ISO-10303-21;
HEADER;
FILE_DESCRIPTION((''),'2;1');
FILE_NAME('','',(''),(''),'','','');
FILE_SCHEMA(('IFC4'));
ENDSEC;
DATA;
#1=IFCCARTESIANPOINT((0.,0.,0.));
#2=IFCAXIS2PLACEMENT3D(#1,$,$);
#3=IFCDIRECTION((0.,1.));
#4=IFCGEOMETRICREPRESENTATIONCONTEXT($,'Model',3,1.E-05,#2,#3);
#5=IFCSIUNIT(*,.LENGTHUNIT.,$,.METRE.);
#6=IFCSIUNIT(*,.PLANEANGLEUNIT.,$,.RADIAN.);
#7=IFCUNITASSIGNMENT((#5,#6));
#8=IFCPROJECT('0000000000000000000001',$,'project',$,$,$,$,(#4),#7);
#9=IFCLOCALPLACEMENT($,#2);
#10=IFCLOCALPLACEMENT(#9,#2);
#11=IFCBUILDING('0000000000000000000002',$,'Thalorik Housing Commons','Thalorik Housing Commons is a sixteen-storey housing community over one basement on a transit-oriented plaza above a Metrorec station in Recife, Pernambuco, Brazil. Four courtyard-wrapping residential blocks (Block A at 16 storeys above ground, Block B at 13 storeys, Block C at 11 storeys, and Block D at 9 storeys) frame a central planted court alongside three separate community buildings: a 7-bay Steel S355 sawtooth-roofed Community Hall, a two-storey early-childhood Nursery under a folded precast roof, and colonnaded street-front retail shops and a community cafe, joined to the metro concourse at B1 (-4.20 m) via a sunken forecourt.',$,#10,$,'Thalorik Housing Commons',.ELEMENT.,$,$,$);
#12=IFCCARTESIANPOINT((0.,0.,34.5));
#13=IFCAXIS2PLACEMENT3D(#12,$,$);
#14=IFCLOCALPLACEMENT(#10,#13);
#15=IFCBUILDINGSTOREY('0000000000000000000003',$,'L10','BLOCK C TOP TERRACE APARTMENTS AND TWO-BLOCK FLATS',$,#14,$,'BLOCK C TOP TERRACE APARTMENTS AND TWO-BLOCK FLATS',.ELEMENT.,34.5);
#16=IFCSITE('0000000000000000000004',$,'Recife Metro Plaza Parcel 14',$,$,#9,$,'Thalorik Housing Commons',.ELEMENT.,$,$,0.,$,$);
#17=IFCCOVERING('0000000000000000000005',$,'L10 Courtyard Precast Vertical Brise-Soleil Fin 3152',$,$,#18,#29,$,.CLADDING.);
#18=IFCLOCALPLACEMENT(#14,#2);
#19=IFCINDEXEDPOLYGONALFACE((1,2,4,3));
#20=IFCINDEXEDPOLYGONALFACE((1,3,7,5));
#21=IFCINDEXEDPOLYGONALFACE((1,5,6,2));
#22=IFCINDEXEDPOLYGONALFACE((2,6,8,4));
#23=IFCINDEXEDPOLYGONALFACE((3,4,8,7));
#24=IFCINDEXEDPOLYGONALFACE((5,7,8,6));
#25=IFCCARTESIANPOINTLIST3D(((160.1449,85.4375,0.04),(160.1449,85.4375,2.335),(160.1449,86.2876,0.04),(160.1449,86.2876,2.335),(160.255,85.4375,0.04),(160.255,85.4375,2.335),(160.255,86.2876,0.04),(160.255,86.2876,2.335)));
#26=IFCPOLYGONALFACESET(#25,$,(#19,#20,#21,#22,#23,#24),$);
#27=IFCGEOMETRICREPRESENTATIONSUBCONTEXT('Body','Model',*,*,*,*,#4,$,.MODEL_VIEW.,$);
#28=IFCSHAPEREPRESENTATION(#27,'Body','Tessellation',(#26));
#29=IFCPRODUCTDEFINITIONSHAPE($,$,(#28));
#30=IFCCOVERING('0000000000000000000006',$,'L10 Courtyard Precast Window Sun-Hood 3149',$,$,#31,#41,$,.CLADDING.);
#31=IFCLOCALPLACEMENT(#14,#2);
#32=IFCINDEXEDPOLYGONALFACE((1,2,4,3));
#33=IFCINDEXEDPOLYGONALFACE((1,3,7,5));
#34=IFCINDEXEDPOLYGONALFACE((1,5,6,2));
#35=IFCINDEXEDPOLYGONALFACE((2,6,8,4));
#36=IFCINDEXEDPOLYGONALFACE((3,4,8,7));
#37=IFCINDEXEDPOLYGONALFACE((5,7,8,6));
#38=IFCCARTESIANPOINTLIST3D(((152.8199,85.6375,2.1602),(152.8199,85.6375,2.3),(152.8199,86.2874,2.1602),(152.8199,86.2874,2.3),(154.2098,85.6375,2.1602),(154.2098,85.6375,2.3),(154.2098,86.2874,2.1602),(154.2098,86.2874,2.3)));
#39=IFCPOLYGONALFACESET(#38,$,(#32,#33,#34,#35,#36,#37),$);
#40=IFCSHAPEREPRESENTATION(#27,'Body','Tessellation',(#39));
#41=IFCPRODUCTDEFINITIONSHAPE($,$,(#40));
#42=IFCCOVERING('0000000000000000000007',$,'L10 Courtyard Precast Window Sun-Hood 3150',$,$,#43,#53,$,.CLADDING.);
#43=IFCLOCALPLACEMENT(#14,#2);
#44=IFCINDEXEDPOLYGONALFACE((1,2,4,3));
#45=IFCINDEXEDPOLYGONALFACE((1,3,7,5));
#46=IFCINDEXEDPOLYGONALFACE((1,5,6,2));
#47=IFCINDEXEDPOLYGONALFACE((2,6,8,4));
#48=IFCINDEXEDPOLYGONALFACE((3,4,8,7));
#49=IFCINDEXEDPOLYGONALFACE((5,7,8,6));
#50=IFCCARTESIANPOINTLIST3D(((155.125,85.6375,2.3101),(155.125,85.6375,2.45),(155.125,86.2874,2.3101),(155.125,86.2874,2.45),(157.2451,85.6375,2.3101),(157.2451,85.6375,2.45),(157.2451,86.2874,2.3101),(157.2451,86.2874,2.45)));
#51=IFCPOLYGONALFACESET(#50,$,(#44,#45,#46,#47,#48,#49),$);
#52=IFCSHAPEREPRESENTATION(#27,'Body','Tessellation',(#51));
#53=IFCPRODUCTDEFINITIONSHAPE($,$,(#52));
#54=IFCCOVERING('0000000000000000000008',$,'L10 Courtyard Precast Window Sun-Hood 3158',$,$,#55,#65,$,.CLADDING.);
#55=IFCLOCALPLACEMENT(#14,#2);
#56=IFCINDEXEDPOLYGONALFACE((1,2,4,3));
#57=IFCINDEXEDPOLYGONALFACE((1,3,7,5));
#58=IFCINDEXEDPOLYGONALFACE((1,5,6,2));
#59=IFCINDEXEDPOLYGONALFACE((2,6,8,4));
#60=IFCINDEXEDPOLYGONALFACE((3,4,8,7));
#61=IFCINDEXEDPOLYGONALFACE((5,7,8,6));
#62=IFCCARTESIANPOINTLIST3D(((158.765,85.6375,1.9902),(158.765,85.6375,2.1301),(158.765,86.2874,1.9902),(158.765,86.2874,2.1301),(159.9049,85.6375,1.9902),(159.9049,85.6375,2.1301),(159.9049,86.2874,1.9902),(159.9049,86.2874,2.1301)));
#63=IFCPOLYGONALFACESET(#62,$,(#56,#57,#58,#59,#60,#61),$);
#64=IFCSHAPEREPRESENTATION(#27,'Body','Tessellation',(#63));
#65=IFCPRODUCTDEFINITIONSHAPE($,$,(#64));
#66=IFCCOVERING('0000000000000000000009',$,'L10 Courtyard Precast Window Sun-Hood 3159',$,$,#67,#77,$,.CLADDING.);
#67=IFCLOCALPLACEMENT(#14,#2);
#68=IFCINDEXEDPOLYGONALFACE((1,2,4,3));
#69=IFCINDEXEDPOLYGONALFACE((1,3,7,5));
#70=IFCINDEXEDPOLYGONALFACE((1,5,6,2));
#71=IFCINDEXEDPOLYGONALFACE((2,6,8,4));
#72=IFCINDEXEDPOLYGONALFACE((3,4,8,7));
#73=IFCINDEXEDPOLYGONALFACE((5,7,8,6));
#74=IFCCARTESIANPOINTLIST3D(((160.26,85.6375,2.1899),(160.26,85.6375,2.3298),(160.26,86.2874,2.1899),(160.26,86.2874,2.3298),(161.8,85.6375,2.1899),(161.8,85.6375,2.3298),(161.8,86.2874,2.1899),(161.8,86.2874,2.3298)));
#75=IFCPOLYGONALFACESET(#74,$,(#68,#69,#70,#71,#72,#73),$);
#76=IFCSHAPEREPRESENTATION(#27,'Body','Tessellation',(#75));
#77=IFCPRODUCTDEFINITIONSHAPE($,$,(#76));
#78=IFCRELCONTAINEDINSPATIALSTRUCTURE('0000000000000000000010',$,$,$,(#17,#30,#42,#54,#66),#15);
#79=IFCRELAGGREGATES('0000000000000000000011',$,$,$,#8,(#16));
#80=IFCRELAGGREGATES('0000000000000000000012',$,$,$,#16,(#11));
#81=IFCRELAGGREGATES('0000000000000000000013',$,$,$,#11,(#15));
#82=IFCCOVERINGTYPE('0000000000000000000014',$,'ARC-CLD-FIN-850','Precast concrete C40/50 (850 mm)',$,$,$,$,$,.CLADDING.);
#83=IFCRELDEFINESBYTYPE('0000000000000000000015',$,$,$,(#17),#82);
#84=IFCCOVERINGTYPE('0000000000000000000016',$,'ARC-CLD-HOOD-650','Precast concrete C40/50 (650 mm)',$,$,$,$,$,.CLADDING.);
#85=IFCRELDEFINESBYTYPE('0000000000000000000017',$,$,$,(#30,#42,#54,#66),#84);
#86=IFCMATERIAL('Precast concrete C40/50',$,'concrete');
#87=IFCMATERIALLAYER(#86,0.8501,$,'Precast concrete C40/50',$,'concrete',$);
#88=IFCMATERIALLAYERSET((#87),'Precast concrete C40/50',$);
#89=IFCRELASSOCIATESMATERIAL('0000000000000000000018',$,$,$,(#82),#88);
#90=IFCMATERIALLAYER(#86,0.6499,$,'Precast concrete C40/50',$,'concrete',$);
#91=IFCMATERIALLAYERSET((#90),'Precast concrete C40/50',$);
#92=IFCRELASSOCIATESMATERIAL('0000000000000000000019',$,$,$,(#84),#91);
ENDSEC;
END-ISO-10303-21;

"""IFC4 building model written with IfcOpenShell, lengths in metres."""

from ifc_helpers import new_model, si_unit, direction, frame, origin, origin_2d, place, context, subcontext, project, spatial, rectangle, extrude, material, layer, layer_set, type_object, element, save


model = new_model("IFC4")

# Units and contexts
model_context = context("Model", 3, precision=1e-05, world=origin(), true_north=direction((0.0, 1.0)))
body_context = subcontext(model_context, "Body", "Model", "MODEL_VIEW")
ifc_project = project(units=[si_unit("LENGTHUNIT", "METRE"), si_unit("PLANEANGLEUNIT", "RADIAN")], contexts=[model_context])

# Site, building, storey
site_placement = place(None, origin())
site = spatial("IfcSite", under=ifc_project, at=site_placement, Name="Recife Metro Plaza Parcel 14", LongName="Thalorik Housing Commons", CompositionType="ELEMENT", RefElevation=0.0)
building_placement = place(site_placement, origin())
building = spatial("IfcBuilding", under=site, at=building_placement, Name="Thalorik Housing Commons", Description="Thalorik Housing Commons is a sixteen-storey housing community over one basement on a transit-oriented plaza above a Metrorec station in Recife, Pernambuco, Brazil. Four courtyard-wrapping residential blocks (Block A at 16 storeys above ground, Block B at 13 storeys, Block C at 11 storeys, and Block D at 9 storeys) frame a central planted court alongside three separate community buildings: a 7-bay Steel S355 sawtooth-roofed Community Hall, a two-storey early-childhood Nursery under a folded precast roof, and colonnaded street-front retail shops and a community cafe, joined to the metro concourse at B1 (-4.20 m) via a sunken forecourt.", LongName="Thalorik Housing Commons", CompositionType="ELEMENT")
storey_placement = place(building_placement, frame((0.0, 0.0, 34.5)))
storey = spatial("IfcBuildingStorey", under=building, at=storey_placement, Name="L10", Description="BLOCK C TOP TERRACE APARTMENTS AND TWO-BLOCK FLATS", LongName="BLOCK C TOP TERRACE APARTMENTS AND TWO-BLOCK FLATS", CompositionType="ELEMENT", Elevation=34.5)

# Shared definitions
ifc_material_1 = material(Name="Precast concrete C40/50", Category="concrete")

# Coverings
ifc_layer_1 = layer(ifc_material_1, 0.8501, Name="Precast concrete C40/50", Category="concrete")
ifc_layer_set_1 = layer_set([ifc_layer_1], Name="Precast concrete C40/50")
covering_type_1 = type_object("IfcCoveringType", Name="ARC-CLD-FIN-850", Description="Precast concrete C40/50 (850 mm)", PredefinedType="CLADDING", material=ifc_layer_set_1)
for number, where, z_axis, x_axis, name in (
    (1, (160.2, 85.8625, 0.04), (0.0, 0.0, 1.0), (1.0, 0.0, 0.0), "L10 Courtyard Precast Vertical Brise-Soleil Fin 3152"),
):
    element("IfcCovering", number, at=place(storey_placement, frame(where, z_axis=z_axis, x_axis=x_axis)), inside=storey, type_object=covering_type_1, Name=name, PredefinedType="CLADDING", context=body_context, shape_type="SweptSolid", body=[
        extrude(rectangle(XDim=0.1101, YDim=0.8501, at=origin_2d()), origin(), (0.0, 0.0, 1.0), 2.2949),
    ])
ifc_layer_2 = layer(ifc_material_1, 0.6499, Name="Precast concrete C40/50", Category="concrete")
ifc_layer_set_2 = layer_set([ifc_layer_2], Name="Precast concrete C40/50")
covering_type_2 = type_object("IfcCoveringType", Name="ARC-CLD-HOOD-650", Description="Precast concrete C40/50 (650 mm)", PredefinedType="CLADDING", material=ifc_layer_set_2)
covering_1_placement = place(storey_placement, frame((153.5149, 85.9624, 2.1602), z_axis=(0.0, 0.0, 1.0), x_axis=(1.0, 0.0, 0.0)))
element("IfcCovering", 2, at=covering_1_placement, inside=storey, type_object=covering_type_2, Name="L10 Courtyard Precast Window Sun-Hood 3149", PredefinedType="CLADDING", context=body_context, shape_type="SweptSolid", body=[
    extrude(rectangle(XDim=1.3899, YDim=0.6499, at=origin_2d()), origin(), (0.0, 0.0, 1.0), 0.1399),
])
covering_2_placement = place(storey_placement, frame((156.1851, 85.9624, 2.3101), z_axis=(0.0, 0.0, 1.0), x_axis=(1.0, 0.0, 0.0)))
element("IfcCovering", 3, at=covering_2_placement, inside=storey, type_object=covering_type_2, Name="L10 Courtyard Precast Window Sun-Hood 3150", PredefinedType="CLADDING", context=body_context, shape_type="SweptSolid", body=[
    extrude(rectangle(XDim=2.1201, YDim=0.6499, at=origin_2d()), origin(), (0.0, 0.0, 1.0), 0.1399),
])
covering_3_placement = place(storey_placement, frame((159.335, 85.9624, 1.9902), z_axis=(0.0, 0.0, 1.0), x_axis=(1.0, 0.0, 0.0)))
element("IfcCovering", 4, at=covering_3_placement, inside=storey, type_object=covering_type_2, Name="L10 Courtyard Precast Window Sun-Hood 3158", PredefinedType="CLADDING", context=body_context, shape_type="SweptSolid", body=[
    extrude(rectangle(XDim=1.1399, YDim=0.6499, at=origin_2d()), origin(), (0.0, 0.0, 1.0), 0.1399),
])
covering_4_placement = place(storey_placement, frame((161.03, 85.9624, 2.1899), z_axis=(0.0, 0.0, 1.0), x_axis=(1.0, 0.0, 0.0)))
element("IfcCovering", 5, at=covering_4_placement, inside=storey, type_object=covering_type_2, Name="L10 Courtyard Precast Window Sun-Hood 3159", PredefinedType="CLADDING", context=body_context, shape_type="SweptSolid", body=[
    extrude(rectangle(XDim=1.54, YDim=0.6499, at=origin_2d()), origin(), (0.0, 0.0, 1.0), 0.1399),
])

save(model, "model.ifc")
